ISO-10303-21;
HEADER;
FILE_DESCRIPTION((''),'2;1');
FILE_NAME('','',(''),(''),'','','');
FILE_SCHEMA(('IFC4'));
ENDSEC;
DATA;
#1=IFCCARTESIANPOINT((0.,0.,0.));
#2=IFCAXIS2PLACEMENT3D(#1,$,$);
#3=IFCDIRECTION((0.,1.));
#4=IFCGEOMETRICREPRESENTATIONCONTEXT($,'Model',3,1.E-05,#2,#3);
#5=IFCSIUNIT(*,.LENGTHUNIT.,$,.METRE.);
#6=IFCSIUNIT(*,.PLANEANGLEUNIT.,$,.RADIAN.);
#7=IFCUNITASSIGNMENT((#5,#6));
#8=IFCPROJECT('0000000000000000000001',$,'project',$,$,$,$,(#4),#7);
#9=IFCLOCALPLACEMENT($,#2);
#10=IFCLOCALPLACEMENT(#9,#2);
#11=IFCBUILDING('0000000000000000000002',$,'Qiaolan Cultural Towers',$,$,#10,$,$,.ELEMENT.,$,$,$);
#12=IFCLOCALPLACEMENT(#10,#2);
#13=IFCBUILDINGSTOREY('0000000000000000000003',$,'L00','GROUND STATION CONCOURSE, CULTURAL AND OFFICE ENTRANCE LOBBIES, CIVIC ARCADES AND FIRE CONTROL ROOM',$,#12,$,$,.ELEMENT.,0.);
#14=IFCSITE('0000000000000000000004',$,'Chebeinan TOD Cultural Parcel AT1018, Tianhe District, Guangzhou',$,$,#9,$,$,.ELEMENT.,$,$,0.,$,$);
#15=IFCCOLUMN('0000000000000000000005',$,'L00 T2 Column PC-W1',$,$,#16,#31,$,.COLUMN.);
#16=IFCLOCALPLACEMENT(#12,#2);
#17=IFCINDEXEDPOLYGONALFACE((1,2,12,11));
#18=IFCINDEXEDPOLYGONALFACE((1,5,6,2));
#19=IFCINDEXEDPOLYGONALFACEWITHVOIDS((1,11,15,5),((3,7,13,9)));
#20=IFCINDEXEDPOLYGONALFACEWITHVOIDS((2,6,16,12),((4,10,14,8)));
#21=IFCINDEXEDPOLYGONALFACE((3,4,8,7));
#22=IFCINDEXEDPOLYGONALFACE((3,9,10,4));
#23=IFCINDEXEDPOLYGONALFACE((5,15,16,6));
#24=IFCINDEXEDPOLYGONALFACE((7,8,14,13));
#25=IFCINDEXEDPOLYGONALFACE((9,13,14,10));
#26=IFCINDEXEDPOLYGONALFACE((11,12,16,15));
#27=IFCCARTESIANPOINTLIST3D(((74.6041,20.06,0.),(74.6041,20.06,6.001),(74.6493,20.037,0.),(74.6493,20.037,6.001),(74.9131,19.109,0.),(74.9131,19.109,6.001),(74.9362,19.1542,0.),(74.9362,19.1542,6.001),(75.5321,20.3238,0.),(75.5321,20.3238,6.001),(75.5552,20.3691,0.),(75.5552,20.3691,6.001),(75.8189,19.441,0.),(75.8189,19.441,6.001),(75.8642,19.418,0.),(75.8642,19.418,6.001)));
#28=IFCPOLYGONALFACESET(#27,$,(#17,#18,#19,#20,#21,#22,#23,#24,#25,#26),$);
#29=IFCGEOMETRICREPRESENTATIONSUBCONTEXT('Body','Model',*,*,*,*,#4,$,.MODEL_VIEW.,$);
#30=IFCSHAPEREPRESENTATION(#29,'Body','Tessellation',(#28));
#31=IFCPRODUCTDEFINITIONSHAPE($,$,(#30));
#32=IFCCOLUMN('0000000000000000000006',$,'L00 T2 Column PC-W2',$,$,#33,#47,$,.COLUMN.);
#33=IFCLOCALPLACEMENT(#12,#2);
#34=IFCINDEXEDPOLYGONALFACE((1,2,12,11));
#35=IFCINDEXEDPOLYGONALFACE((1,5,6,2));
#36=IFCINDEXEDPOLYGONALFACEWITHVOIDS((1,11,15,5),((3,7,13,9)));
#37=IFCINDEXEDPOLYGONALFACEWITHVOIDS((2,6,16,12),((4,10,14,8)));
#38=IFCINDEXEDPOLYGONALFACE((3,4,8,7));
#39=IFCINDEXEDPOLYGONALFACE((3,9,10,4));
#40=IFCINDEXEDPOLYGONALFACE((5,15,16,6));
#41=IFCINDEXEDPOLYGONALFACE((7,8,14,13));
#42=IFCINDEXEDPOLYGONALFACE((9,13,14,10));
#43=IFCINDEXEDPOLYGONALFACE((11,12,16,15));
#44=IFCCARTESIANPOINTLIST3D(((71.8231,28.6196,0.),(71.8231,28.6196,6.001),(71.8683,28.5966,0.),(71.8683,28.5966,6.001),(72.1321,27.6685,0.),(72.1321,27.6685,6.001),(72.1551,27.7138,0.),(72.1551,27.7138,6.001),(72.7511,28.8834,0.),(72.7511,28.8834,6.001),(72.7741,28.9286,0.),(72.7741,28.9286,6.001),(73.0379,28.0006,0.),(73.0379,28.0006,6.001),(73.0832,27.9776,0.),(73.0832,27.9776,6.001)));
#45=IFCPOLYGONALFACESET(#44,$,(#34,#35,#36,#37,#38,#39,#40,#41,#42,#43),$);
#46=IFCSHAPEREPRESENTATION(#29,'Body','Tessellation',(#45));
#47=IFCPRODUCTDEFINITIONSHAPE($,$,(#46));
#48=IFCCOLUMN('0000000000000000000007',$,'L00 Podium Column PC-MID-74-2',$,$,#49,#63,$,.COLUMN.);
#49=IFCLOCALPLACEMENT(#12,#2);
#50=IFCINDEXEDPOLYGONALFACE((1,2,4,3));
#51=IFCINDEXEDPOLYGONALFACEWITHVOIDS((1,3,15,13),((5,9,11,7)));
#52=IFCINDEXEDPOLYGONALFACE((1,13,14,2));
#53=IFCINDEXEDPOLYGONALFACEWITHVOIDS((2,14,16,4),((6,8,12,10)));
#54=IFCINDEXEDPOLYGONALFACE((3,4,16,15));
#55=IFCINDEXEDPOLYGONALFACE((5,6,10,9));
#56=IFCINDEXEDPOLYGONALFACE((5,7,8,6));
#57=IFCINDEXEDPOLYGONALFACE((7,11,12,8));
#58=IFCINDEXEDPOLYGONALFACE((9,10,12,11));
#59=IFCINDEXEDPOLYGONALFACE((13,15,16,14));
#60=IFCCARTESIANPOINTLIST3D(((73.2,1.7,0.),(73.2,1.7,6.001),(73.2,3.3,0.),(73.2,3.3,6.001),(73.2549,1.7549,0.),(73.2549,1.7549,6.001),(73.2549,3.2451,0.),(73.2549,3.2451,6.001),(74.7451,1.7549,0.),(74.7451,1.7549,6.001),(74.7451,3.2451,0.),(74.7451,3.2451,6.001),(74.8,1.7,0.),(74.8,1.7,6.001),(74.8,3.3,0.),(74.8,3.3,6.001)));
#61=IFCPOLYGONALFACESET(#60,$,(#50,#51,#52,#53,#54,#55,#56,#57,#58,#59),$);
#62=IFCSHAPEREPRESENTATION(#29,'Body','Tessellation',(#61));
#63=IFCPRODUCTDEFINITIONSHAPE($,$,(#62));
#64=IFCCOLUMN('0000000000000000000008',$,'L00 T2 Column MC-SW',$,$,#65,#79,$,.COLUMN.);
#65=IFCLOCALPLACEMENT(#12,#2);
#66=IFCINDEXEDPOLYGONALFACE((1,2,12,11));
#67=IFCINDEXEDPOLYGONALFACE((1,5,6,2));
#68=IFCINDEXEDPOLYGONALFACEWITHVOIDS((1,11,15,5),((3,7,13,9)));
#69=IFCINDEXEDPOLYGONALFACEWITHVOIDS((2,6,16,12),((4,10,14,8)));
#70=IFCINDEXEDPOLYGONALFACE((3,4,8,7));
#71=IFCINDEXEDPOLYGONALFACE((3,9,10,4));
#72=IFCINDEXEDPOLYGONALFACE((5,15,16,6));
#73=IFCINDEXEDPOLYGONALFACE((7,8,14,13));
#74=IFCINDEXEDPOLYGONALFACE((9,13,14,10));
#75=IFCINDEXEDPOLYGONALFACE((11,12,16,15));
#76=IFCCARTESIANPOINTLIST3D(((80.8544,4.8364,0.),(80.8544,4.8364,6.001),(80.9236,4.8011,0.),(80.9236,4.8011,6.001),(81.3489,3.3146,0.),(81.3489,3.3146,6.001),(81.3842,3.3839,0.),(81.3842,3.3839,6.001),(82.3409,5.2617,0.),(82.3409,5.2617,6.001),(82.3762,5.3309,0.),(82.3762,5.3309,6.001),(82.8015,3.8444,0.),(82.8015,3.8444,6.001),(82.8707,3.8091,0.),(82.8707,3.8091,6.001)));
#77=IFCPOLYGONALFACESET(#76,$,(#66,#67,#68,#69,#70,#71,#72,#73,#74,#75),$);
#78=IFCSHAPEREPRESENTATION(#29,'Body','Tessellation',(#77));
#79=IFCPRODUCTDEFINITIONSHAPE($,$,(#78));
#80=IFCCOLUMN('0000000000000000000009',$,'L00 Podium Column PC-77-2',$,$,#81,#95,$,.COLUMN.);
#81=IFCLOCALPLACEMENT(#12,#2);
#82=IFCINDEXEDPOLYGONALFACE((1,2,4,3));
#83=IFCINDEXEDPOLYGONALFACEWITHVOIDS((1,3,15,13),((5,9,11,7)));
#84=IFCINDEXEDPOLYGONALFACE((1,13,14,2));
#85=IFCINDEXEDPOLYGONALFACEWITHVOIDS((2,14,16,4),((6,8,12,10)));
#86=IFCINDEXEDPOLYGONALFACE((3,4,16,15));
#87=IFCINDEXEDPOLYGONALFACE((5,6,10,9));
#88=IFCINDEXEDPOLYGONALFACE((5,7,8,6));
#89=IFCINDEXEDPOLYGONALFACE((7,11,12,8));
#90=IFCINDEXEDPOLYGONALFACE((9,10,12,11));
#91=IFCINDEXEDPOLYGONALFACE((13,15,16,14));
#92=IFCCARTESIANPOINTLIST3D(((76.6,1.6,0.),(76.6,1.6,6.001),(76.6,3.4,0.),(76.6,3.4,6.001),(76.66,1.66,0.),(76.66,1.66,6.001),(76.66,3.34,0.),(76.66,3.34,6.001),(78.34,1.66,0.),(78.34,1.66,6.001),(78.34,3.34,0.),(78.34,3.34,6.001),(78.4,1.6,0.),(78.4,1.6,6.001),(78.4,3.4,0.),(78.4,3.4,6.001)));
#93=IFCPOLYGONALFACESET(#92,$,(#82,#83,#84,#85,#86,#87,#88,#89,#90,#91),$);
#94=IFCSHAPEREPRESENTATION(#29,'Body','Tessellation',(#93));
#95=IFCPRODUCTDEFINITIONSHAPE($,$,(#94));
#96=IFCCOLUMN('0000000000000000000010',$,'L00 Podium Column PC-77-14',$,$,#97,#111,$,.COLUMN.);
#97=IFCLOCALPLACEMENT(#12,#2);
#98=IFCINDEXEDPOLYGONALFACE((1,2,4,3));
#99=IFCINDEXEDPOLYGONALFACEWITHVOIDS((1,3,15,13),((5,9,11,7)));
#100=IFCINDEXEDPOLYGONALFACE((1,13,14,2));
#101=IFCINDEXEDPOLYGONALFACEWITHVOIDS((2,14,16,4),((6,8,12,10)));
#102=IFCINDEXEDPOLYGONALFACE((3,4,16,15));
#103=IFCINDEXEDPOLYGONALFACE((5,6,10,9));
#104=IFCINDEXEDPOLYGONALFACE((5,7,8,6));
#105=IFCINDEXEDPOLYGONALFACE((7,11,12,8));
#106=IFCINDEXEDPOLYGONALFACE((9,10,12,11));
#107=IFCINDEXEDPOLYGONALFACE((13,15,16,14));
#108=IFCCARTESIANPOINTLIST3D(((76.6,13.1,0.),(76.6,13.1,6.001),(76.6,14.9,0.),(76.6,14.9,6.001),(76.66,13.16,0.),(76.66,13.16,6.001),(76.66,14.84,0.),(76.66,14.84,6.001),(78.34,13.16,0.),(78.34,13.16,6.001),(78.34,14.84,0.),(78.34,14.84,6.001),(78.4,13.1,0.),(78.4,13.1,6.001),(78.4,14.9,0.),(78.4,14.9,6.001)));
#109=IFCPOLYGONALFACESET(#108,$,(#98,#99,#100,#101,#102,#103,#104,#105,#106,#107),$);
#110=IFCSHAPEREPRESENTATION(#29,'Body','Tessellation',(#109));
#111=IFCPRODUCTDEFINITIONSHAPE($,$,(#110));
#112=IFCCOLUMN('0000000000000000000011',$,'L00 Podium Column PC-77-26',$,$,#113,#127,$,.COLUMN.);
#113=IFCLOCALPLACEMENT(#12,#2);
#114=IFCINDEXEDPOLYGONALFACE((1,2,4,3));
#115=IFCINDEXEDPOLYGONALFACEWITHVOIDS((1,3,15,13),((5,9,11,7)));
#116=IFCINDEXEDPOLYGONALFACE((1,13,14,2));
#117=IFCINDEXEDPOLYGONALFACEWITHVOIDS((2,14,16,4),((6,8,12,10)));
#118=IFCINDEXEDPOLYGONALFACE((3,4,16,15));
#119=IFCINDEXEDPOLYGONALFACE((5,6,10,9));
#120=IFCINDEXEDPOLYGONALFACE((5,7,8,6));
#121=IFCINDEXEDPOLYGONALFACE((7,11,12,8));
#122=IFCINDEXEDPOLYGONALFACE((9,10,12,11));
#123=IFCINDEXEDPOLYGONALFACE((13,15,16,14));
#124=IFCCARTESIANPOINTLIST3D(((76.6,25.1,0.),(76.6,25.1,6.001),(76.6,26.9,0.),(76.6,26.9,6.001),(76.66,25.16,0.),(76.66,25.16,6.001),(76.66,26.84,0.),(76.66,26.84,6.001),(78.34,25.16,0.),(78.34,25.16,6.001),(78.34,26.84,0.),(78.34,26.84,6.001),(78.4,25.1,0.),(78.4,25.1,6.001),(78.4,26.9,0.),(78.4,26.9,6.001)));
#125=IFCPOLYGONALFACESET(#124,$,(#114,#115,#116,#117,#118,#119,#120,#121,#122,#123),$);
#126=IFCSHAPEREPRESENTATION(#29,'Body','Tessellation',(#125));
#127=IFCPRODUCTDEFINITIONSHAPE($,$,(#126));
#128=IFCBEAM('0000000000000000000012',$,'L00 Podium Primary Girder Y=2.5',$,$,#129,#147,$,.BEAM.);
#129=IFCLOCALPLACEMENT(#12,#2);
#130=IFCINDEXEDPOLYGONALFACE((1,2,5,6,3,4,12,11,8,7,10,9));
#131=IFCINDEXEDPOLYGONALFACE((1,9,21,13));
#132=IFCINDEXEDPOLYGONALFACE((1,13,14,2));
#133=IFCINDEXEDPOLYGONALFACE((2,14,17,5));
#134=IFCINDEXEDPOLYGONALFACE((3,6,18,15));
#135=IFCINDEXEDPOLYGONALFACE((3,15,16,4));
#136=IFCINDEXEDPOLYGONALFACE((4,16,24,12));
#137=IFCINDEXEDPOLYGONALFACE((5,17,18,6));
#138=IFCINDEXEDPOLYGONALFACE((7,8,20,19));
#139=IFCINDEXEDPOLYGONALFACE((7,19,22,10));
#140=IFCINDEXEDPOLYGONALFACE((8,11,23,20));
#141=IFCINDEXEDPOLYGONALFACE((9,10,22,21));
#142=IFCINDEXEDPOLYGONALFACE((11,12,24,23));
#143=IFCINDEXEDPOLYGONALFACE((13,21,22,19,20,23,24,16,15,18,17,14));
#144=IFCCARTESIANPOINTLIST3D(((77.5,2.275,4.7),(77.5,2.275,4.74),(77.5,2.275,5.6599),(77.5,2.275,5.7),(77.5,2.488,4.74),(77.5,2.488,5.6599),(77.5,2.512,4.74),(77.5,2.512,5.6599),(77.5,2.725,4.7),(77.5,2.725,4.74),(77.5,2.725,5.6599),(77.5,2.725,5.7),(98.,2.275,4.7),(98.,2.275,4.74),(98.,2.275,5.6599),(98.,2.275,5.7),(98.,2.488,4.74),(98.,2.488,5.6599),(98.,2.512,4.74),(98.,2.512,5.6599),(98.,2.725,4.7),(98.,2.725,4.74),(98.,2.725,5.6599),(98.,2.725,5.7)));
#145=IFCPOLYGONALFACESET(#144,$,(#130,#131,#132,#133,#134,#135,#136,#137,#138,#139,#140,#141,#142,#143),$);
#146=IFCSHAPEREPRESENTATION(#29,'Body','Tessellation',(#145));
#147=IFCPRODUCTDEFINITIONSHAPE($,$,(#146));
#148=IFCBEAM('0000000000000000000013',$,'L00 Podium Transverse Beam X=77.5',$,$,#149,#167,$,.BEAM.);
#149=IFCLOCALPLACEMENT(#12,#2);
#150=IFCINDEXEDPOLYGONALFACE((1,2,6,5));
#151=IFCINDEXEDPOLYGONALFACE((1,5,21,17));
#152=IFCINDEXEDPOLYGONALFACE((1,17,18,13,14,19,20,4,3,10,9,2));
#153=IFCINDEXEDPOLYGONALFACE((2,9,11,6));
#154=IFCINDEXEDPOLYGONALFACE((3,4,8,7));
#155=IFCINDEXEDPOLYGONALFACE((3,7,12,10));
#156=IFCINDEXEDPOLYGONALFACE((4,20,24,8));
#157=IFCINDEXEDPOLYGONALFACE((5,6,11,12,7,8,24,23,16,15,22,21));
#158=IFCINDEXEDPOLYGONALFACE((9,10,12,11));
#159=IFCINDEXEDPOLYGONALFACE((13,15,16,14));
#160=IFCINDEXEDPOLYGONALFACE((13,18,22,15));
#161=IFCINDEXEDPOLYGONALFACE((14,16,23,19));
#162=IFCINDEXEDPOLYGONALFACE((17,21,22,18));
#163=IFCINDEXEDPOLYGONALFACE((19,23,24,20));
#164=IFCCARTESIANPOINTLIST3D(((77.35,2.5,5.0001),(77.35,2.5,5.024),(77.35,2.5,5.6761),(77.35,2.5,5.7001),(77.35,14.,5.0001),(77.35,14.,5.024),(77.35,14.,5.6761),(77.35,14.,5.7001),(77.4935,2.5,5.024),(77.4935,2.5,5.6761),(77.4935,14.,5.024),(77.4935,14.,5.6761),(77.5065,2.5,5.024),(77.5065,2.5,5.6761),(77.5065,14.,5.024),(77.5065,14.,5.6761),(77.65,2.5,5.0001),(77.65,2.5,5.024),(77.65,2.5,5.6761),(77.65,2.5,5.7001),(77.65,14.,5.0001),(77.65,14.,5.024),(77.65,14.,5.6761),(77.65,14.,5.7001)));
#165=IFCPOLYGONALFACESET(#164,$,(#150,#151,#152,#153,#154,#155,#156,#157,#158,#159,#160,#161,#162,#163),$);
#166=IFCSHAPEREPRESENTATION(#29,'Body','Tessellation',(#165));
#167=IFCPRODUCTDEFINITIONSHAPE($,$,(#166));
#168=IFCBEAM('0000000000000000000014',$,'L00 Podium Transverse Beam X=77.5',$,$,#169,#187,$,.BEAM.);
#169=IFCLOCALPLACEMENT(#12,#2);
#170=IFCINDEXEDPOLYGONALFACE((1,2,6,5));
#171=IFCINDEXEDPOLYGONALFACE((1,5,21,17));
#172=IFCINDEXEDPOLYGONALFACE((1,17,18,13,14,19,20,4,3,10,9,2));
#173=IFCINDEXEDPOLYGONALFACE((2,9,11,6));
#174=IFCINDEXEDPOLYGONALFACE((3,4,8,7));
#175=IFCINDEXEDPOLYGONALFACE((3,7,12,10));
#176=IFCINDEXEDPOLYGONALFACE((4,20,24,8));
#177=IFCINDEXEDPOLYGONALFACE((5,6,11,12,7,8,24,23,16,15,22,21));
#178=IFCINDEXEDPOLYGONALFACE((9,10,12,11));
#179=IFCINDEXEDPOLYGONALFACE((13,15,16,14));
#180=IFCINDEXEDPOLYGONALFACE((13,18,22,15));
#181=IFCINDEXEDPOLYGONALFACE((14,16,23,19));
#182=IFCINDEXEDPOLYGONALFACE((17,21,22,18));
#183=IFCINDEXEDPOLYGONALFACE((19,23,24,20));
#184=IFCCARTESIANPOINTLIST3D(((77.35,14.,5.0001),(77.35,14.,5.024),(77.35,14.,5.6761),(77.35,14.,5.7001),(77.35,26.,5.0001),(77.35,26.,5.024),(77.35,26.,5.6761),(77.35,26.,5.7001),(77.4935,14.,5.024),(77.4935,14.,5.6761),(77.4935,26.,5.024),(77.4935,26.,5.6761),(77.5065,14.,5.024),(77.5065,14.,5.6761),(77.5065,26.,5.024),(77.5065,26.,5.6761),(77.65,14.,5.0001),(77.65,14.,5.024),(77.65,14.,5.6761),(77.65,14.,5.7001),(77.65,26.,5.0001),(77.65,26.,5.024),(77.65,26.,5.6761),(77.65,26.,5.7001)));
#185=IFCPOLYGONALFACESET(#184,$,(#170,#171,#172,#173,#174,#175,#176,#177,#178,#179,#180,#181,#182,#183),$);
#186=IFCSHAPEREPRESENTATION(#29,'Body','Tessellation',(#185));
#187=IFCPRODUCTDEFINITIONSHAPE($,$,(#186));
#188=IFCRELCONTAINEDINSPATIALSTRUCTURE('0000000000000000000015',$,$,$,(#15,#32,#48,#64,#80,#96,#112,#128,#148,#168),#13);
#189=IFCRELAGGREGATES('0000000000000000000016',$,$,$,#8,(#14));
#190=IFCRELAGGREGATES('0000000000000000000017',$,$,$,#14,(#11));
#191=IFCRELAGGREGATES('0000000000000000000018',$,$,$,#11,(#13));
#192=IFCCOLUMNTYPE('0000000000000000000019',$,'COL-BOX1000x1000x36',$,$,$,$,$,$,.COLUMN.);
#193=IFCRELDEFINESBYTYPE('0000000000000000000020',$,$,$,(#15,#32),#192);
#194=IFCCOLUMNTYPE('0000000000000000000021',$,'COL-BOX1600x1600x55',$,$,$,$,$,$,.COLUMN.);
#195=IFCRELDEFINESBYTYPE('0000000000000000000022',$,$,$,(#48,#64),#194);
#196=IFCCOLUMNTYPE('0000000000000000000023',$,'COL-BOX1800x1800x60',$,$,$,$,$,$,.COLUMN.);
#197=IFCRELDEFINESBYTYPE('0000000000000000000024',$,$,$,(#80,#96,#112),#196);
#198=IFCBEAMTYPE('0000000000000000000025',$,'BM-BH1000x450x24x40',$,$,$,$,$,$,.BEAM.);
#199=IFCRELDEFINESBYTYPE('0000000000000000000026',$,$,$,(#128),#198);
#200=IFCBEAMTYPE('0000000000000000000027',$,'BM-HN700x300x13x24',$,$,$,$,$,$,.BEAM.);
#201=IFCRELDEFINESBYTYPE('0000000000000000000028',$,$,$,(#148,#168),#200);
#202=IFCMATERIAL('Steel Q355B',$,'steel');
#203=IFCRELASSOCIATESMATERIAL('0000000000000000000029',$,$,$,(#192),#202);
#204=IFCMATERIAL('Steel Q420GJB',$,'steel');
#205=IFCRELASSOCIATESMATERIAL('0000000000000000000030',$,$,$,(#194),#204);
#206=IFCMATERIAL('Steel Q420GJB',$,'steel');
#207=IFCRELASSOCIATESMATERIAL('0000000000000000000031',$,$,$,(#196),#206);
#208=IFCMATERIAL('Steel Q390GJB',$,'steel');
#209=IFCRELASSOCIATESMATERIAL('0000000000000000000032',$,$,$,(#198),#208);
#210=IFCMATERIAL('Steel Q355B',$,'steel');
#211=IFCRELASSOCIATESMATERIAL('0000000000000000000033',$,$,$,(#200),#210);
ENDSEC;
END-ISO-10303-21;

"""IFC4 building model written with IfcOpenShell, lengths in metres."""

from ifc_helpers import new_model, si_unit, direction, frame, origin, origin_2d, place, context, subcontext, project, spatial, hollow_rectangle, i_section, extrude, material, material_profile, profile_set, type_object, element, save


model = new_model("IFC4")

# Units and contexts
model_context = context("Model", 3, precision=1e-05, world=origin(), true_north=direction((0.0, 1.0)))
body_context = subcontext(model_context, "Body", "Model", "MODEL_VIEW")
ifc_project = project(units=[si_unit("LENGTHUNIT", "METRE"), si_unit("PLANEANGLEUNIT", "RADIAN")], contexts=[model_context])

# Site, building, storey
site_placement = place(None, origin())
site = spatial("IfcSite", under=ifc_project, at=site_placement, Name="Chebeinan TOD Cultural Parcel AT1018, Tianhe District, Guangzhou", CompositionType="ELEMENT", RefElevation=0.0)
building_placement = place(site_placement, origin())
building = spatial("IfcBuilding", under=site, at=building_placement, Name="Qiaolan Cultural Towers", CompositionType="ELEMENT")
storey_placement = place(building_placement, origin())
storey = spatial("IfcBuildingStorey", under=building, at=storey_placement, Name="L00", Description="GROUND STATION CONCOURSE, CULTURAL AND OFFICE ENTRANCE LOBBIES, CIVIC ARCADES AND FIRE CONTROL ROOM", CompositionType="ELEMENT", Elevation=0.0)

# Columns
ifc_material_1 = material(Name="Steel Q355B", Category="steel")
ifc_material_profile_1 = material_profile(ifc_material_1, hollow_rectangle(XDim=1.0, YDim=1.0, WallThickness=0.0359, at=origin_2d()), Name="BOX1000x1000x36")
ifc_profile_set_1 = profile_set([ifc_material_profile_1], Name="Steel Q355B")
column_type_1 = type_object("IfcColumnType", Name="COL-BOX1000x1000x36", PredefinedType="COLUMN", material=ifc_profile_set_1)
for number, where, z_axis, x_axis, name in (
    (1, (75.2341, 19.739, 0.0), (0.0, 0.0, 1.0), (0.951057, 0.309017, 0.0), "L00 T2 Column PC-W1"),
    (2, (72.4531, 28.2986, 0.0), (0.0, 0.0, 1.0), (0.951057, 0.309017, 0.0), "L00 T2 Column PC-W2"),
):
    element("IfcColumn", number, at=place(storey_placement, frame(where, z_axis=z_axis, x_axis=x_axis)), inside=storey, type_object=column_type_1, Name=name, PredefinedType="COLUMN", context=body_context, shape_type="SweptSolid", body=[
        extrude(hollow_rectangle(XDim=1.0, YDim=1.0, WallThickness=0.0359, at=origin_2d()), origin(), (0.0, 0.0, 1.0), 6.001),
    ])
ifc_material_2 = material(Name="Steel Q420GJB", Category="steel")
ifc_material_profile_2 = material_profile(ifc_material_2, hollow_rectangle(XDim=1.6001, YDim=1.6001, WallThickness=0.0549, at=origin_2d()), Name="BOX1600x1600x55")
ifc_profile_set_2 = profile_set([ifc_material_profile_2], Name="Steel Q420GJB")
column_type_2 = type_object("IfcColumnType", Name="COL-BOX1600x1600x55", PredefinedType="COLUMN", material=ifc_profile_set_2)
for number, where, z_axis, x_axis, name in (
    (3, (74.0, 2.5, 0.0), (0.0, 0.0, 1.0), (1.0, 0.0, 0.0), "L00 Podium Column PC-MID-74-2"),
    (4, (81.8625, 4.3228, 0.0), (0.0, 0.0, 1.0), (0.951057, 0.309017, 0.0), "L00 T2 Column MC-SW"),
):
    element("IfcColumn", number, at=place(storey_placement, frame(where, z_axis=z_axis, x_axis=x_axis)), inside=storey, type_object=column_type_2, Name=name, PredefinedType="COLUMN", context=body_context, shape_type="SweptSolid", body=[
        extrude(hollow_rectangle(XDim=1.6001, YDim=1.6001, WallThickness=0.0549, at=origin_2d()), origin(), (0.0, 0.0, 1.0), 6.001),
    ])
ifc_material_3 = material(Name="Steel Q420GJB", Category="steel")
ifc_material_profile_3 = material_profile(ifc_material_3, hollow_rectangle(XDim=1.8, YDim=1.8, WallThickness=0.0601, at=origin_2d()), Name="BOX1800x1800x60")
ifc_profile_set_3 = profile_set([ifc_material_profile_3], Name="Steel Q420GJB")
column_type_3 = type_object("IfcColumnType", Name="COL-BOX1800x1800x60", PredefinedType="COLUMN", material=ifc_profile_set_3)
for number, where, z_axis, x_axis, name in (
    (5, (77.5, 2.5, 0.0), (0.0, 0.0, 1.0), (1.0, 0.0, 0.0), "L00 Podium Column PC-77-2"),
    (6, (77.5, 14.0, 0.0), (0.0, 0.0, 1.0), (1.0, 0.0, 0.0), "L00 Podium Column PC-77-14"),
    (7, (77.5, 26.0, 0.0), (0.0, 0.0, 1.0), (1.0, 0.0, 0.0), "L00 Podium Column PC-77-26"),
):
    element("IfcColumn", number, at=place(storey_placement, frame(where, z_axis=z_axis, x_axis=x_axis)), inside=storey, type_object=column_type_3, Name=name, PredefinedType="COLUMN", context=body_context, shape_type="SweptSolid", body=[
        extrude(hollow_rectangle(XDim=1.8, YDim=1.8, WallThickness=0.0601, at=origin_2d()), origin(), (0.0, 0.0, 1.0), 6.001),
    ])

# Beams
ifc_material_4 = material(Name="Steel Q390GJB", Category="steel")
ifc_material_profile_4 = material_profile(ifc_material_4, i_section(OverallWidth=0.45, OverallDepth=1.0, WebThickness=0.0239, FlangeThickness=0.04, at=origin_2d()), Name="BH1000x450x24x40")
ifc_profile_set_4 = profile_set([ifc_material_profile_4], Name="Steel Q390GJB")
beam_type_1 = type_object("IfcBeamType", Name="BM-BH1000x450x24x40", PredefinedType="BEAM", material=ifc_profile_set_4)
beam_1_placement = place(storey_placement, frame((77.5, 2.5, 5.2), z_axis=(1.0, 0.0, 0.0), x_axis=(0.0, 1.0, 0.0)))
element("IfcBeam", 8, at=beam_1_placement, inside=storey, type_object=beam_type_1, Name="L00 Podium Primary Girder Y=2.5", PredefinedType="BEAM", context=body_context, shape_type="SweptSolid", body=[
    extrude(i_section(OverallWidth=0.45, OverallDepth=1.0, WebThickness=0.0239, FlangeThickness=0.04, at=origin_2d()), origin(), (0.0, 0.0, 1.0), 20.5),
])
ifc_material_5 = material(Name="Steel Q355B", Category="steel")
ifc_material_profile_5 = material_profile(ifc_material_5, i_section(OverallWidth=0.3, OverallDepth=0.7, WebThickness=0.0129, FlangeThickness=0.0239, at=origin_2d()), Name="HN700x300x13x24")
ifc_profile_set_5 = profile_set([ifc_material_profile_5], Name="Steel Q355B")
beam_type_2 = type_object("IfcBeamType", Name="BM-HN700x300x13x24", PredefinedType="BEAM", material=ifc_profile_set_5)
beam_2_placement = place(storey_placement, frame((77.5, 2.5, 5.3501), z_axis=(0.0, 1.0, 0.0), x_axis=(-1.0, 0.0, 0.0)))
element("IfcBeam", 9, at=beam_2_placement, inside=storey, type_object=beam_type_2, Name="L00 Podium Transverse Beam X=77.5", PredefinedType="BEAM", context=body_context, shape_type="SweptSolid", body=[
    extrude(i_section(OverallWidth=0.3, OverallDepth=0.7, WebThickness=0.0129, FlangeThickness=0.0239, at=origin_2d()), origin(), (0.0, 0.0, 1.0), 11.5),
])
beam_3_placement = place(storey_placement, frame((77.5, 14.0, 5.3501), z_axis=(0.0, 1.0, 0.0), x_axis=(-1.0, 0.0, 0.0)))
element("IfcBeam", 10, at=beam_3_placement, inside=storey, type_object=beam_type_2, Name="L00 Podium Transverse Beam X=77.5", PredefinedType="BEAM", context=body_context, shape_type="SweptSolid", body=[
    extrude(i_section(OverallWidth=0.3, OverallDepth=0.7, WebThickness=0.0129, FlangeThickness=0.0239, at=origin_2d()), origin(), (0.0, 0.0, 1.0), 12.0),
])

save(model, "model.ifc")
